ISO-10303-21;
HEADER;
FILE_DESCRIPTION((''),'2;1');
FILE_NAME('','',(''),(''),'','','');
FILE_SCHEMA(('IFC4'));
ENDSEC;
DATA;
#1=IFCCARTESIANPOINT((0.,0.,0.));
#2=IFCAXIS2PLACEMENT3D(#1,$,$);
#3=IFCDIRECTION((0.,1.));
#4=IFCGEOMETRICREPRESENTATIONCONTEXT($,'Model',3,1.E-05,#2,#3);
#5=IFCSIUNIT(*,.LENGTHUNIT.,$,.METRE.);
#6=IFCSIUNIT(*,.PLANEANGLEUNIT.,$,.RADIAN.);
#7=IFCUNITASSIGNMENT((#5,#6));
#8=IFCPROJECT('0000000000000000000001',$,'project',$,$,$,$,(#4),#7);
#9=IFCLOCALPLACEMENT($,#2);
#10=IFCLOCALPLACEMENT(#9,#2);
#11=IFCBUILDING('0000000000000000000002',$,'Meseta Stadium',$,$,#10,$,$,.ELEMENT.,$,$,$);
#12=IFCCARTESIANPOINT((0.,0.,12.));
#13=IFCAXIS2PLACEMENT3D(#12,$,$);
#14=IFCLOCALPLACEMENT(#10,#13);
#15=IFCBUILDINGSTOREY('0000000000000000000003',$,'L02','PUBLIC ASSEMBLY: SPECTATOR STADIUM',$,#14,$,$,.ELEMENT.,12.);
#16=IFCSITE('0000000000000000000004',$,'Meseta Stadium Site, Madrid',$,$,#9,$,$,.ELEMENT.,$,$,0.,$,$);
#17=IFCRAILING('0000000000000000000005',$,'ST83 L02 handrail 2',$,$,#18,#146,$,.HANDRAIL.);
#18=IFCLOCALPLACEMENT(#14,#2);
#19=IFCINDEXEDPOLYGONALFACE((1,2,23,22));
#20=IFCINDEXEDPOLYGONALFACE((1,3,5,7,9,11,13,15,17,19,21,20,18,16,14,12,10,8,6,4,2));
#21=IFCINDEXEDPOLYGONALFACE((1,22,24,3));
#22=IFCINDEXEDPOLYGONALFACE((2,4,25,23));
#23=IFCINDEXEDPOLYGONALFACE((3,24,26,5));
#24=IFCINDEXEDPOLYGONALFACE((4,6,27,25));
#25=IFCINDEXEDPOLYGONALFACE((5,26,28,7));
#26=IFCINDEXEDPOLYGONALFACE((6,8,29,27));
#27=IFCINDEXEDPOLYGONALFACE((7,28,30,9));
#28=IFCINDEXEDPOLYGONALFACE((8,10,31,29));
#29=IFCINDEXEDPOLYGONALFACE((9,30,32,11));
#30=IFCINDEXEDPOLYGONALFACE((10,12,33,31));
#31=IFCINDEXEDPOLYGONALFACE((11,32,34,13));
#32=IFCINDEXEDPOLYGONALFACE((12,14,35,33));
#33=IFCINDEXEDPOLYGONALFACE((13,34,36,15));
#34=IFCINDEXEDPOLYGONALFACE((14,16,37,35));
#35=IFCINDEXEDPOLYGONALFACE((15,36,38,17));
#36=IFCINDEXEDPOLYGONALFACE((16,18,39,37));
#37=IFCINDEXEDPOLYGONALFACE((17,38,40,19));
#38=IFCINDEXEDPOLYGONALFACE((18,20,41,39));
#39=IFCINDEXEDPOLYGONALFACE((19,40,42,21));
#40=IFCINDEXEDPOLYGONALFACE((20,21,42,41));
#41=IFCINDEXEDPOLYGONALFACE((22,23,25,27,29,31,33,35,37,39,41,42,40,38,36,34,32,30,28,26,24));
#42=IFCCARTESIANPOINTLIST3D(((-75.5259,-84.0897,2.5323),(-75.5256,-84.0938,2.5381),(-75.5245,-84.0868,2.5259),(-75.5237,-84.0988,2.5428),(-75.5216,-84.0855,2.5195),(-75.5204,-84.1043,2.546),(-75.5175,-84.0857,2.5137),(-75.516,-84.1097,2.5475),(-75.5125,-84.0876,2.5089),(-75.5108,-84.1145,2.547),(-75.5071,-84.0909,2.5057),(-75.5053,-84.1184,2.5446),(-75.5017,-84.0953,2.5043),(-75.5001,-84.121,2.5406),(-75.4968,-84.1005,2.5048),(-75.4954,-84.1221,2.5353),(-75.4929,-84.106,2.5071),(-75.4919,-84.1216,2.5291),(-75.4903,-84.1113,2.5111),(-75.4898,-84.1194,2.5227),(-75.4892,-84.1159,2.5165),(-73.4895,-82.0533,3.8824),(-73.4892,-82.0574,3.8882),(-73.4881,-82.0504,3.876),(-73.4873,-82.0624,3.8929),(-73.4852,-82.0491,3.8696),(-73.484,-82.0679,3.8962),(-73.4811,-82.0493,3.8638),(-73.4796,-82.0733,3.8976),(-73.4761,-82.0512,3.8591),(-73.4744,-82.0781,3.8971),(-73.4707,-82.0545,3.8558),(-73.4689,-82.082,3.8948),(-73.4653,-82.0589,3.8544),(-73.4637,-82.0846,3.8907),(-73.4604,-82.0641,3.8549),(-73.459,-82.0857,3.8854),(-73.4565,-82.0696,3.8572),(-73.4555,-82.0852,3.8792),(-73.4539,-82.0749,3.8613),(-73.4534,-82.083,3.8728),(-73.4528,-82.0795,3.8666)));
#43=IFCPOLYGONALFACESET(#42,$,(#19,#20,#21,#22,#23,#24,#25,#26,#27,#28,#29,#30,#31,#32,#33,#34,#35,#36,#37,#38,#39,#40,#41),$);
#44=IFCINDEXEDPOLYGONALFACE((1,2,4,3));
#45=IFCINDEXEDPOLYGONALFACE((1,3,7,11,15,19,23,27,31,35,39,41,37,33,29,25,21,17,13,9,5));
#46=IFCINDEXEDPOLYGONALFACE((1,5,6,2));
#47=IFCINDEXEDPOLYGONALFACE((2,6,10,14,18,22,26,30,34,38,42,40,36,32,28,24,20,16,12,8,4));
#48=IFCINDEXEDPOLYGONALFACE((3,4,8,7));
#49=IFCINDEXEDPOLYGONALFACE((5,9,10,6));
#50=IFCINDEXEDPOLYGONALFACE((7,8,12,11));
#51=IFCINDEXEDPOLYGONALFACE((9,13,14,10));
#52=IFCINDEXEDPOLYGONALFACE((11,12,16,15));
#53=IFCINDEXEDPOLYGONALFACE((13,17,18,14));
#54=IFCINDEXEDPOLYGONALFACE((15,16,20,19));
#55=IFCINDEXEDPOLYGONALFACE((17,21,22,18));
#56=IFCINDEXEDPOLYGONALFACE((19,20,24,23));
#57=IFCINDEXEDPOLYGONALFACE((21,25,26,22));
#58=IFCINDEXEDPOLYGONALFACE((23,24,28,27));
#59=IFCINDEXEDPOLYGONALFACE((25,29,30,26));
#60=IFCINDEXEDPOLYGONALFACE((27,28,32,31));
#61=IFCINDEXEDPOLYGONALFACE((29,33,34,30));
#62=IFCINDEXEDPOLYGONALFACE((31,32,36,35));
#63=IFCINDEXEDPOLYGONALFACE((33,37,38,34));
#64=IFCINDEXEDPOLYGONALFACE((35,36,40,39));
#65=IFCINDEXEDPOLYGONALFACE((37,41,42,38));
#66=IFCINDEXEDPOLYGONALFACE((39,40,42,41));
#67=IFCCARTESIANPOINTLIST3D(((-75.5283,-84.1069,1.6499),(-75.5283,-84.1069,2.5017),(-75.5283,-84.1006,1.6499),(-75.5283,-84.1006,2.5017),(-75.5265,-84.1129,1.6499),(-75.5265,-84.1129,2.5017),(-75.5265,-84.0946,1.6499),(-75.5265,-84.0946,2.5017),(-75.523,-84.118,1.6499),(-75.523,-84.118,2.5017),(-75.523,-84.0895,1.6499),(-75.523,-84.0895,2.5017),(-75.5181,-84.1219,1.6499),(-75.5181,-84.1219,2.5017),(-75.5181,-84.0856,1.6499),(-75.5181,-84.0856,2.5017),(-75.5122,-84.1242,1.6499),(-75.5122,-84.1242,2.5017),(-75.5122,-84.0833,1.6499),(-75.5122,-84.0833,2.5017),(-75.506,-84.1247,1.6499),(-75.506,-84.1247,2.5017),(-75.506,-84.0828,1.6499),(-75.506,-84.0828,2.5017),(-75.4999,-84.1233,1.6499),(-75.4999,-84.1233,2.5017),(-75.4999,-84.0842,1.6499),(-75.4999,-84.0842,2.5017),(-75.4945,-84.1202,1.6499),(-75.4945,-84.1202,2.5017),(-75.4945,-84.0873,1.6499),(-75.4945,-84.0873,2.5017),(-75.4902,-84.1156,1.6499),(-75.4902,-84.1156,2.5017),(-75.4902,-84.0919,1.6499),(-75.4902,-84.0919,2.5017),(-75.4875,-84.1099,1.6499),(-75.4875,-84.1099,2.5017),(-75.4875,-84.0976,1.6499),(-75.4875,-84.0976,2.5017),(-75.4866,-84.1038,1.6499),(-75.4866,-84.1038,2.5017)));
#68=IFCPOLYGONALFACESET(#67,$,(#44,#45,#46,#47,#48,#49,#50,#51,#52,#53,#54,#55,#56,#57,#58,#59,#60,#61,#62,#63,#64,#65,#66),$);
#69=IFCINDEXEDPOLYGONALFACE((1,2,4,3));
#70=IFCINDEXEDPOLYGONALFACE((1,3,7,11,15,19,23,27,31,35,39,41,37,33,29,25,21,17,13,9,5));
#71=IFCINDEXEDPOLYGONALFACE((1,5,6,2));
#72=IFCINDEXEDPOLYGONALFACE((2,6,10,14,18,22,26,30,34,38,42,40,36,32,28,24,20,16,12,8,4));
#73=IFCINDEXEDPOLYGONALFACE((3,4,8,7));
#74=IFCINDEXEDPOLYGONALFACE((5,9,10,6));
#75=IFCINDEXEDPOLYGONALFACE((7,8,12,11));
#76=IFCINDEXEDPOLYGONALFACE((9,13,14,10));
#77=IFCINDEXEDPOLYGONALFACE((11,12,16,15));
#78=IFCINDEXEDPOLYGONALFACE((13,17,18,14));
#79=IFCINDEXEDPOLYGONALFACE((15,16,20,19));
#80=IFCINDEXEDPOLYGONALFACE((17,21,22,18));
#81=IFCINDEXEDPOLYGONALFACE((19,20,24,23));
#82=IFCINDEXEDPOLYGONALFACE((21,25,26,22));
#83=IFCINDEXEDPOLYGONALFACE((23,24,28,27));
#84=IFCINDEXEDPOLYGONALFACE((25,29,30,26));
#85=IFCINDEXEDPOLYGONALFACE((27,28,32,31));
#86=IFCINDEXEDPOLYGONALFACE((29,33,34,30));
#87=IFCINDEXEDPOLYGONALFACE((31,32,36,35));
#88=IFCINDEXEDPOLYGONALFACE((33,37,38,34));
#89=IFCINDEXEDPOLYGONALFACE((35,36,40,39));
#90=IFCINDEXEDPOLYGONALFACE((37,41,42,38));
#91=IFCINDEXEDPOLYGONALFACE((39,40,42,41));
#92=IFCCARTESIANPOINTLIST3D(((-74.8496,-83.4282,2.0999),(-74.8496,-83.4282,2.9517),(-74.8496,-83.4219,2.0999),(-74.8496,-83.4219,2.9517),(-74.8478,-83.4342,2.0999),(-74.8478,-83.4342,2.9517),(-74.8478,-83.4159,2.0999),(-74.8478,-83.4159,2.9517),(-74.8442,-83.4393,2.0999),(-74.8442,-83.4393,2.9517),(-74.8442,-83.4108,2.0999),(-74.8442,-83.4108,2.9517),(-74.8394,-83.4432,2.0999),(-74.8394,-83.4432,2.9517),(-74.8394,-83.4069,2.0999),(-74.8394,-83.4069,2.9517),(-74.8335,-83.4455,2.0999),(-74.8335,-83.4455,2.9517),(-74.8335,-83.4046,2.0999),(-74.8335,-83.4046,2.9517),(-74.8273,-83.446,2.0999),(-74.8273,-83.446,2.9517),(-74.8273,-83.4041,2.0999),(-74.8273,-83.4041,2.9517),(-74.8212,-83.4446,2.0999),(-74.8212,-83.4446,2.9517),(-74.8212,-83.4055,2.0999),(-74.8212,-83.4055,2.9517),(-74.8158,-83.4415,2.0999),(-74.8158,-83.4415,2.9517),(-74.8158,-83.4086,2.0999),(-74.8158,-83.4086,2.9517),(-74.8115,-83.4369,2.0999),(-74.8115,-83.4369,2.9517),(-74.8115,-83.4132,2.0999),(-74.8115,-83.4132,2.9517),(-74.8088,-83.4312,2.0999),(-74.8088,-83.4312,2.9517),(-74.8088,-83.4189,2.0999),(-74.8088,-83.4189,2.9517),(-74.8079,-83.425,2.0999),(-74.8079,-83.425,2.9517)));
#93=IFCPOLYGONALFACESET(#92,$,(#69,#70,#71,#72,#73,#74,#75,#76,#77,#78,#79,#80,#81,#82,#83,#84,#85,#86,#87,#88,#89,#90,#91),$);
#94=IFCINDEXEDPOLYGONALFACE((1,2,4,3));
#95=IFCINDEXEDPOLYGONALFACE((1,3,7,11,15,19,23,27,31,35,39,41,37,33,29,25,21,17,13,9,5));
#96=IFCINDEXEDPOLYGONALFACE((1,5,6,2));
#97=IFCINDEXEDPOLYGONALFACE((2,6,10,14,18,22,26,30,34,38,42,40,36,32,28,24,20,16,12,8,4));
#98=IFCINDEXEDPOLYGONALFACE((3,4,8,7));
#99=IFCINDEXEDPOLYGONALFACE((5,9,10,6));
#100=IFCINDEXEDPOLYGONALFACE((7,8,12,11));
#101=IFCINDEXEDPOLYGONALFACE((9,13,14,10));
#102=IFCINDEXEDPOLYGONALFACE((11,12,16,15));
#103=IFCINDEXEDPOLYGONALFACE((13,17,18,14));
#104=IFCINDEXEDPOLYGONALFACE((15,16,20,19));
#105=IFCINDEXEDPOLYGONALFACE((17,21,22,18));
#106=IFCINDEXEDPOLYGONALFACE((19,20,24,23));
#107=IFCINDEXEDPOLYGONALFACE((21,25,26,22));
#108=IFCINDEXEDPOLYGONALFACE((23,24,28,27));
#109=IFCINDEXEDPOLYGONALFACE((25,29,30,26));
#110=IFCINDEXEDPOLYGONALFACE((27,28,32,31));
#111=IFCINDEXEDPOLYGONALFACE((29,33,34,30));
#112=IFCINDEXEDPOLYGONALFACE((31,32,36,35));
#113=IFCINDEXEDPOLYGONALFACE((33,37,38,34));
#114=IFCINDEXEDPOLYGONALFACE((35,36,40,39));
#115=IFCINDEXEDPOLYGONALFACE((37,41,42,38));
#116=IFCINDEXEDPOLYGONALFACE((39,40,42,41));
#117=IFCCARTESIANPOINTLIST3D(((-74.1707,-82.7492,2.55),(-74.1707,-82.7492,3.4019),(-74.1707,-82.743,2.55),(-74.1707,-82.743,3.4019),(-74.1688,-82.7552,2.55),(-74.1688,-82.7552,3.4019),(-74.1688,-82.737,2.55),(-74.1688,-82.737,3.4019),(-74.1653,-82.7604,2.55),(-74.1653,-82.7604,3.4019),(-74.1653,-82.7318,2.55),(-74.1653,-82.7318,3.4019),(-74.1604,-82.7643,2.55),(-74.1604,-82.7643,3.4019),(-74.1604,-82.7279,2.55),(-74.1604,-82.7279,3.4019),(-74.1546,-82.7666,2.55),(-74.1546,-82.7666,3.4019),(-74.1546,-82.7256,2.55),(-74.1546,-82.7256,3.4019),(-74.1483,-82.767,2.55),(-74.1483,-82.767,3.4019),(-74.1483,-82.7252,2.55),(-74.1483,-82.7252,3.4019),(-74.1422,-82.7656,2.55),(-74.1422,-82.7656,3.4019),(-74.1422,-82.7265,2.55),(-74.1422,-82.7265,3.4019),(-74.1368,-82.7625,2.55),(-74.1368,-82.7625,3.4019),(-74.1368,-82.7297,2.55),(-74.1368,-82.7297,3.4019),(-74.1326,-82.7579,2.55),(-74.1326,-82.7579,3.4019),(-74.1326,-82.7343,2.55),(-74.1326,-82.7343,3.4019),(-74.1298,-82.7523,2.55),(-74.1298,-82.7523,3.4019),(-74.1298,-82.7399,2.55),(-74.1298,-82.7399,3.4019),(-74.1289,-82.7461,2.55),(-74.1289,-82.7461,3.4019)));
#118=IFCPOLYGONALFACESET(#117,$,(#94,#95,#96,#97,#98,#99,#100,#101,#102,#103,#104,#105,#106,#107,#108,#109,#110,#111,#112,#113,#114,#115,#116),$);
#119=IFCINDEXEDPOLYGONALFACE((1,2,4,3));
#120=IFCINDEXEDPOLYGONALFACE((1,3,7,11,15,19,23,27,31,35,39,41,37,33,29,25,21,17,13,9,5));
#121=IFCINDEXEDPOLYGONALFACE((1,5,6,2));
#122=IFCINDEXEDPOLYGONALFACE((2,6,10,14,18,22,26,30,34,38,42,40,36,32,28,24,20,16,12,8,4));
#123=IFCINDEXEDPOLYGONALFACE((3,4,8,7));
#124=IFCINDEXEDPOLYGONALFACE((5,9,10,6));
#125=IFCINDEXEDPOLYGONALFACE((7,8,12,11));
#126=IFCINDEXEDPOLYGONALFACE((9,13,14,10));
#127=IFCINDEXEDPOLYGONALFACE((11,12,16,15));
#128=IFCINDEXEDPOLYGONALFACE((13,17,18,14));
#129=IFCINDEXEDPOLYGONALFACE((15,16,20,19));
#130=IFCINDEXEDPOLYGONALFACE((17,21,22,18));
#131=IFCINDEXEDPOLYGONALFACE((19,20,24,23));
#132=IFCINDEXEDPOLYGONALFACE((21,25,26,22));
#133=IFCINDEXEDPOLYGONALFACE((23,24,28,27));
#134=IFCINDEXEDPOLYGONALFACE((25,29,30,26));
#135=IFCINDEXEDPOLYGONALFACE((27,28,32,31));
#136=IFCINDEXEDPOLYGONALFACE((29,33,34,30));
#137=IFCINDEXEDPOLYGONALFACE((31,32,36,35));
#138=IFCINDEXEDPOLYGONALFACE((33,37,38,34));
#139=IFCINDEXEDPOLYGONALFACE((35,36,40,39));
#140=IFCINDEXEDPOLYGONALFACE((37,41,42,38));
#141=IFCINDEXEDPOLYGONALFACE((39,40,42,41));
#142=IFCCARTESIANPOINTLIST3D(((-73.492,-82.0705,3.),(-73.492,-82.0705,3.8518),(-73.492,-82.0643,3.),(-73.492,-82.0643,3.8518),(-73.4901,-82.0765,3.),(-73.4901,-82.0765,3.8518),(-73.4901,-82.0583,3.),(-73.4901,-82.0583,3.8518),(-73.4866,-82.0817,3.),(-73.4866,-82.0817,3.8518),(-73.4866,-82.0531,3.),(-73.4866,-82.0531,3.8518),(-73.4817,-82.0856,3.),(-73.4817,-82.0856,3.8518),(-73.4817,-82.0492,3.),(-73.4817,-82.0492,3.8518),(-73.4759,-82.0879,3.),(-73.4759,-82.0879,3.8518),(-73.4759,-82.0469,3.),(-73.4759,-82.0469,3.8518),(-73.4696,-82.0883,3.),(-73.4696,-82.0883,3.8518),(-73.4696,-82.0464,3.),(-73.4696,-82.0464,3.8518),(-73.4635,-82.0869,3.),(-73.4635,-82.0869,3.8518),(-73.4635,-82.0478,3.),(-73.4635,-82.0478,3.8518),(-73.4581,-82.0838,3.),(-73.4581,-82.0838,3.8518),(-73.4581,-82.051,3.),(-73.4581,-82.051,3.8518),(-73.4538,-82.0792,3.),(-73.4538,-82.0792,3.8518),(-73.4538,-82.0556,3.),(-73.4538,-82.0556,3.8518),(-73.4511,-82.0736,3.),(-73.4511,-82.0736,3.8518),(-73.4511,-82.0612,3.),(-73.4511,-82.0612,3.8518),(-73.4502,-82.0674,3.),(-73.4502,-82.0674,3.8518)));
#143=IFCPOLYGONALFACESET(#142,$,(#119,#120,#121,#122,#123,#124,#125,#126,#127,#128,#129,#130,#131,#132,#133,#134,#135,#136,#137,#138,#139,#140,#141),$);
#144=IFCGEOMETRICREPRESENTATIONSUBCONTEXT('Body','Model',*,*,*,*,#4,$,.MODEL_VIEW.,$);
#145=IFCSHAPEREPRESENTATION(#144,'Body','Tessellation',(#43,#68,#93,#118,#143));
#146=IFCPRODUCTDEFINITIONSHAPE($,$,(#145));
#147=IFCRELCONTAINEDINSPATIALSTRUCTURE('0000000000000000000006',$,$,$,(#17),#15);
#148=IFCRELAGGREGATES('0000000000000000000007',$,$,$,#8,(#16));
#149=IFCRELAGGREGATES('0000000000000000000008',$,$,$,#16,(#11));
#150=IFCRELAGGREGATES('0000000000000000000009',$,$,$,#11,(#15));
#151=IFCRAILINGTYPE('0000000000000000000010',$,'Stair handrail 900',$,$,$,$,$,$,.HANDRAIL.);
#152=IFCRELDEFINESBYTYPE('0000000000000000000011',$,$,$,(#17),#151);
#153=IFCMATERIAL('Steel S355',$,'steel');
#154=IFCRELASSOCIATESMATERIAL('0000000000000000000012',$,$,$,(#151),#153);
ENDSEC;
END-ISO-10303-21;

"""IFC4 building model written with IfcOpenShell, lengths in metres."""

from ifc_helpers import new_model, si_unit, direction, frame, origin, origin_2d, place, context, subcontext, project, spatial, circle, extrude, material, type_object, element, save


model = new_model("IFC4")

# Units and contexts
model_context = context("Model", 3, precision=1e-05, world=origin(), true_north=direction((0.0, 1.0)))
body_context = subcontext(model_context, "Body", "Model", "MODEL_VIEW")
ifc_project = project(units=[si_unit("LENGTHUNIT", "METRE"), si_unit("PLANEANGLEUNIT", "RADIAN")], contexts=[model_context])

# Site, building, storey
site_placement = place(None, origin())
site = spatial("IfcSite", under=ifc_project, at=site_placement, Name="Meseta Stadium Site, Madrid", CompositionType="ELEMENT", RefElevation=0.0)
building_placement = place(site_placement, origin())
building = spatial("IfcBuilding", under=site, at=building_placement, Name="Meseta Stadium", CompositionType="ELEMENT")
storey_placement = place(building_placement, frame((0.0, 0.0, 12.0)))
storey = spatial("IfcBuildingStorey", under=building, at=storey_placement, Name="L02", Description="PUBLIC ASSEMBLY: SPECTATOR STADIUM", CompositionType="ELEMENT", Elevation=12.0)

# Railing
ifc_material_1 = material(Name="Steel S355", Category="steel")
railing_type_1 = type_object("IfcRailingType", Name="Stair handrail 900", PredefinedType="HANDRAIL", material=ifc_material_1)
for number, where, name in (
    (1, (-75.5076, -84.1038, 1.6499), "ST83 L02 handrail 2"),
):
    element("IfcRailing", number, at=place(storey_placement, frame(where)), inside=storey, type_object=railing_type_1, Name=name, PredefinedType="HANDRAIL", context=body_context, shape_type="SweptSolid", body=[
        extrude(circle(Radius=0.0239, at=origin_2d()), frame((0.0, 0.0, 0.876), z_axis=(0.640243, 0.640243, 0.424475), x_axis=(-0.707107, 0.707107, 0.0)), (0.0, 0.0, 1.0), 3.1807),
        extrude(circle(Radius=0.021, at=origin_2d()), origin(), (0.0, 0.0, 1.0), 0.8518),
        extrude(circle(Radius=0.021, at=origin_2d()), frame((0.6787, 0.6787, 0.45)), (0.0, 0.0, 1.0), 0.8518),
        extrude(circle(Radius=0.021, at=origin_2d()), frame((1.3577, 1.3577, 0.9001)), (0.0, 0.0, 1.0), 0.8518),
        extrude(circle(Radius=0.021, at=origin_2d()), frame((2.0364, 2.0364, 1.3501)), (0.0, 0.0, 1.0), 0.8518),
    ])

save(model, "model.ifc")
